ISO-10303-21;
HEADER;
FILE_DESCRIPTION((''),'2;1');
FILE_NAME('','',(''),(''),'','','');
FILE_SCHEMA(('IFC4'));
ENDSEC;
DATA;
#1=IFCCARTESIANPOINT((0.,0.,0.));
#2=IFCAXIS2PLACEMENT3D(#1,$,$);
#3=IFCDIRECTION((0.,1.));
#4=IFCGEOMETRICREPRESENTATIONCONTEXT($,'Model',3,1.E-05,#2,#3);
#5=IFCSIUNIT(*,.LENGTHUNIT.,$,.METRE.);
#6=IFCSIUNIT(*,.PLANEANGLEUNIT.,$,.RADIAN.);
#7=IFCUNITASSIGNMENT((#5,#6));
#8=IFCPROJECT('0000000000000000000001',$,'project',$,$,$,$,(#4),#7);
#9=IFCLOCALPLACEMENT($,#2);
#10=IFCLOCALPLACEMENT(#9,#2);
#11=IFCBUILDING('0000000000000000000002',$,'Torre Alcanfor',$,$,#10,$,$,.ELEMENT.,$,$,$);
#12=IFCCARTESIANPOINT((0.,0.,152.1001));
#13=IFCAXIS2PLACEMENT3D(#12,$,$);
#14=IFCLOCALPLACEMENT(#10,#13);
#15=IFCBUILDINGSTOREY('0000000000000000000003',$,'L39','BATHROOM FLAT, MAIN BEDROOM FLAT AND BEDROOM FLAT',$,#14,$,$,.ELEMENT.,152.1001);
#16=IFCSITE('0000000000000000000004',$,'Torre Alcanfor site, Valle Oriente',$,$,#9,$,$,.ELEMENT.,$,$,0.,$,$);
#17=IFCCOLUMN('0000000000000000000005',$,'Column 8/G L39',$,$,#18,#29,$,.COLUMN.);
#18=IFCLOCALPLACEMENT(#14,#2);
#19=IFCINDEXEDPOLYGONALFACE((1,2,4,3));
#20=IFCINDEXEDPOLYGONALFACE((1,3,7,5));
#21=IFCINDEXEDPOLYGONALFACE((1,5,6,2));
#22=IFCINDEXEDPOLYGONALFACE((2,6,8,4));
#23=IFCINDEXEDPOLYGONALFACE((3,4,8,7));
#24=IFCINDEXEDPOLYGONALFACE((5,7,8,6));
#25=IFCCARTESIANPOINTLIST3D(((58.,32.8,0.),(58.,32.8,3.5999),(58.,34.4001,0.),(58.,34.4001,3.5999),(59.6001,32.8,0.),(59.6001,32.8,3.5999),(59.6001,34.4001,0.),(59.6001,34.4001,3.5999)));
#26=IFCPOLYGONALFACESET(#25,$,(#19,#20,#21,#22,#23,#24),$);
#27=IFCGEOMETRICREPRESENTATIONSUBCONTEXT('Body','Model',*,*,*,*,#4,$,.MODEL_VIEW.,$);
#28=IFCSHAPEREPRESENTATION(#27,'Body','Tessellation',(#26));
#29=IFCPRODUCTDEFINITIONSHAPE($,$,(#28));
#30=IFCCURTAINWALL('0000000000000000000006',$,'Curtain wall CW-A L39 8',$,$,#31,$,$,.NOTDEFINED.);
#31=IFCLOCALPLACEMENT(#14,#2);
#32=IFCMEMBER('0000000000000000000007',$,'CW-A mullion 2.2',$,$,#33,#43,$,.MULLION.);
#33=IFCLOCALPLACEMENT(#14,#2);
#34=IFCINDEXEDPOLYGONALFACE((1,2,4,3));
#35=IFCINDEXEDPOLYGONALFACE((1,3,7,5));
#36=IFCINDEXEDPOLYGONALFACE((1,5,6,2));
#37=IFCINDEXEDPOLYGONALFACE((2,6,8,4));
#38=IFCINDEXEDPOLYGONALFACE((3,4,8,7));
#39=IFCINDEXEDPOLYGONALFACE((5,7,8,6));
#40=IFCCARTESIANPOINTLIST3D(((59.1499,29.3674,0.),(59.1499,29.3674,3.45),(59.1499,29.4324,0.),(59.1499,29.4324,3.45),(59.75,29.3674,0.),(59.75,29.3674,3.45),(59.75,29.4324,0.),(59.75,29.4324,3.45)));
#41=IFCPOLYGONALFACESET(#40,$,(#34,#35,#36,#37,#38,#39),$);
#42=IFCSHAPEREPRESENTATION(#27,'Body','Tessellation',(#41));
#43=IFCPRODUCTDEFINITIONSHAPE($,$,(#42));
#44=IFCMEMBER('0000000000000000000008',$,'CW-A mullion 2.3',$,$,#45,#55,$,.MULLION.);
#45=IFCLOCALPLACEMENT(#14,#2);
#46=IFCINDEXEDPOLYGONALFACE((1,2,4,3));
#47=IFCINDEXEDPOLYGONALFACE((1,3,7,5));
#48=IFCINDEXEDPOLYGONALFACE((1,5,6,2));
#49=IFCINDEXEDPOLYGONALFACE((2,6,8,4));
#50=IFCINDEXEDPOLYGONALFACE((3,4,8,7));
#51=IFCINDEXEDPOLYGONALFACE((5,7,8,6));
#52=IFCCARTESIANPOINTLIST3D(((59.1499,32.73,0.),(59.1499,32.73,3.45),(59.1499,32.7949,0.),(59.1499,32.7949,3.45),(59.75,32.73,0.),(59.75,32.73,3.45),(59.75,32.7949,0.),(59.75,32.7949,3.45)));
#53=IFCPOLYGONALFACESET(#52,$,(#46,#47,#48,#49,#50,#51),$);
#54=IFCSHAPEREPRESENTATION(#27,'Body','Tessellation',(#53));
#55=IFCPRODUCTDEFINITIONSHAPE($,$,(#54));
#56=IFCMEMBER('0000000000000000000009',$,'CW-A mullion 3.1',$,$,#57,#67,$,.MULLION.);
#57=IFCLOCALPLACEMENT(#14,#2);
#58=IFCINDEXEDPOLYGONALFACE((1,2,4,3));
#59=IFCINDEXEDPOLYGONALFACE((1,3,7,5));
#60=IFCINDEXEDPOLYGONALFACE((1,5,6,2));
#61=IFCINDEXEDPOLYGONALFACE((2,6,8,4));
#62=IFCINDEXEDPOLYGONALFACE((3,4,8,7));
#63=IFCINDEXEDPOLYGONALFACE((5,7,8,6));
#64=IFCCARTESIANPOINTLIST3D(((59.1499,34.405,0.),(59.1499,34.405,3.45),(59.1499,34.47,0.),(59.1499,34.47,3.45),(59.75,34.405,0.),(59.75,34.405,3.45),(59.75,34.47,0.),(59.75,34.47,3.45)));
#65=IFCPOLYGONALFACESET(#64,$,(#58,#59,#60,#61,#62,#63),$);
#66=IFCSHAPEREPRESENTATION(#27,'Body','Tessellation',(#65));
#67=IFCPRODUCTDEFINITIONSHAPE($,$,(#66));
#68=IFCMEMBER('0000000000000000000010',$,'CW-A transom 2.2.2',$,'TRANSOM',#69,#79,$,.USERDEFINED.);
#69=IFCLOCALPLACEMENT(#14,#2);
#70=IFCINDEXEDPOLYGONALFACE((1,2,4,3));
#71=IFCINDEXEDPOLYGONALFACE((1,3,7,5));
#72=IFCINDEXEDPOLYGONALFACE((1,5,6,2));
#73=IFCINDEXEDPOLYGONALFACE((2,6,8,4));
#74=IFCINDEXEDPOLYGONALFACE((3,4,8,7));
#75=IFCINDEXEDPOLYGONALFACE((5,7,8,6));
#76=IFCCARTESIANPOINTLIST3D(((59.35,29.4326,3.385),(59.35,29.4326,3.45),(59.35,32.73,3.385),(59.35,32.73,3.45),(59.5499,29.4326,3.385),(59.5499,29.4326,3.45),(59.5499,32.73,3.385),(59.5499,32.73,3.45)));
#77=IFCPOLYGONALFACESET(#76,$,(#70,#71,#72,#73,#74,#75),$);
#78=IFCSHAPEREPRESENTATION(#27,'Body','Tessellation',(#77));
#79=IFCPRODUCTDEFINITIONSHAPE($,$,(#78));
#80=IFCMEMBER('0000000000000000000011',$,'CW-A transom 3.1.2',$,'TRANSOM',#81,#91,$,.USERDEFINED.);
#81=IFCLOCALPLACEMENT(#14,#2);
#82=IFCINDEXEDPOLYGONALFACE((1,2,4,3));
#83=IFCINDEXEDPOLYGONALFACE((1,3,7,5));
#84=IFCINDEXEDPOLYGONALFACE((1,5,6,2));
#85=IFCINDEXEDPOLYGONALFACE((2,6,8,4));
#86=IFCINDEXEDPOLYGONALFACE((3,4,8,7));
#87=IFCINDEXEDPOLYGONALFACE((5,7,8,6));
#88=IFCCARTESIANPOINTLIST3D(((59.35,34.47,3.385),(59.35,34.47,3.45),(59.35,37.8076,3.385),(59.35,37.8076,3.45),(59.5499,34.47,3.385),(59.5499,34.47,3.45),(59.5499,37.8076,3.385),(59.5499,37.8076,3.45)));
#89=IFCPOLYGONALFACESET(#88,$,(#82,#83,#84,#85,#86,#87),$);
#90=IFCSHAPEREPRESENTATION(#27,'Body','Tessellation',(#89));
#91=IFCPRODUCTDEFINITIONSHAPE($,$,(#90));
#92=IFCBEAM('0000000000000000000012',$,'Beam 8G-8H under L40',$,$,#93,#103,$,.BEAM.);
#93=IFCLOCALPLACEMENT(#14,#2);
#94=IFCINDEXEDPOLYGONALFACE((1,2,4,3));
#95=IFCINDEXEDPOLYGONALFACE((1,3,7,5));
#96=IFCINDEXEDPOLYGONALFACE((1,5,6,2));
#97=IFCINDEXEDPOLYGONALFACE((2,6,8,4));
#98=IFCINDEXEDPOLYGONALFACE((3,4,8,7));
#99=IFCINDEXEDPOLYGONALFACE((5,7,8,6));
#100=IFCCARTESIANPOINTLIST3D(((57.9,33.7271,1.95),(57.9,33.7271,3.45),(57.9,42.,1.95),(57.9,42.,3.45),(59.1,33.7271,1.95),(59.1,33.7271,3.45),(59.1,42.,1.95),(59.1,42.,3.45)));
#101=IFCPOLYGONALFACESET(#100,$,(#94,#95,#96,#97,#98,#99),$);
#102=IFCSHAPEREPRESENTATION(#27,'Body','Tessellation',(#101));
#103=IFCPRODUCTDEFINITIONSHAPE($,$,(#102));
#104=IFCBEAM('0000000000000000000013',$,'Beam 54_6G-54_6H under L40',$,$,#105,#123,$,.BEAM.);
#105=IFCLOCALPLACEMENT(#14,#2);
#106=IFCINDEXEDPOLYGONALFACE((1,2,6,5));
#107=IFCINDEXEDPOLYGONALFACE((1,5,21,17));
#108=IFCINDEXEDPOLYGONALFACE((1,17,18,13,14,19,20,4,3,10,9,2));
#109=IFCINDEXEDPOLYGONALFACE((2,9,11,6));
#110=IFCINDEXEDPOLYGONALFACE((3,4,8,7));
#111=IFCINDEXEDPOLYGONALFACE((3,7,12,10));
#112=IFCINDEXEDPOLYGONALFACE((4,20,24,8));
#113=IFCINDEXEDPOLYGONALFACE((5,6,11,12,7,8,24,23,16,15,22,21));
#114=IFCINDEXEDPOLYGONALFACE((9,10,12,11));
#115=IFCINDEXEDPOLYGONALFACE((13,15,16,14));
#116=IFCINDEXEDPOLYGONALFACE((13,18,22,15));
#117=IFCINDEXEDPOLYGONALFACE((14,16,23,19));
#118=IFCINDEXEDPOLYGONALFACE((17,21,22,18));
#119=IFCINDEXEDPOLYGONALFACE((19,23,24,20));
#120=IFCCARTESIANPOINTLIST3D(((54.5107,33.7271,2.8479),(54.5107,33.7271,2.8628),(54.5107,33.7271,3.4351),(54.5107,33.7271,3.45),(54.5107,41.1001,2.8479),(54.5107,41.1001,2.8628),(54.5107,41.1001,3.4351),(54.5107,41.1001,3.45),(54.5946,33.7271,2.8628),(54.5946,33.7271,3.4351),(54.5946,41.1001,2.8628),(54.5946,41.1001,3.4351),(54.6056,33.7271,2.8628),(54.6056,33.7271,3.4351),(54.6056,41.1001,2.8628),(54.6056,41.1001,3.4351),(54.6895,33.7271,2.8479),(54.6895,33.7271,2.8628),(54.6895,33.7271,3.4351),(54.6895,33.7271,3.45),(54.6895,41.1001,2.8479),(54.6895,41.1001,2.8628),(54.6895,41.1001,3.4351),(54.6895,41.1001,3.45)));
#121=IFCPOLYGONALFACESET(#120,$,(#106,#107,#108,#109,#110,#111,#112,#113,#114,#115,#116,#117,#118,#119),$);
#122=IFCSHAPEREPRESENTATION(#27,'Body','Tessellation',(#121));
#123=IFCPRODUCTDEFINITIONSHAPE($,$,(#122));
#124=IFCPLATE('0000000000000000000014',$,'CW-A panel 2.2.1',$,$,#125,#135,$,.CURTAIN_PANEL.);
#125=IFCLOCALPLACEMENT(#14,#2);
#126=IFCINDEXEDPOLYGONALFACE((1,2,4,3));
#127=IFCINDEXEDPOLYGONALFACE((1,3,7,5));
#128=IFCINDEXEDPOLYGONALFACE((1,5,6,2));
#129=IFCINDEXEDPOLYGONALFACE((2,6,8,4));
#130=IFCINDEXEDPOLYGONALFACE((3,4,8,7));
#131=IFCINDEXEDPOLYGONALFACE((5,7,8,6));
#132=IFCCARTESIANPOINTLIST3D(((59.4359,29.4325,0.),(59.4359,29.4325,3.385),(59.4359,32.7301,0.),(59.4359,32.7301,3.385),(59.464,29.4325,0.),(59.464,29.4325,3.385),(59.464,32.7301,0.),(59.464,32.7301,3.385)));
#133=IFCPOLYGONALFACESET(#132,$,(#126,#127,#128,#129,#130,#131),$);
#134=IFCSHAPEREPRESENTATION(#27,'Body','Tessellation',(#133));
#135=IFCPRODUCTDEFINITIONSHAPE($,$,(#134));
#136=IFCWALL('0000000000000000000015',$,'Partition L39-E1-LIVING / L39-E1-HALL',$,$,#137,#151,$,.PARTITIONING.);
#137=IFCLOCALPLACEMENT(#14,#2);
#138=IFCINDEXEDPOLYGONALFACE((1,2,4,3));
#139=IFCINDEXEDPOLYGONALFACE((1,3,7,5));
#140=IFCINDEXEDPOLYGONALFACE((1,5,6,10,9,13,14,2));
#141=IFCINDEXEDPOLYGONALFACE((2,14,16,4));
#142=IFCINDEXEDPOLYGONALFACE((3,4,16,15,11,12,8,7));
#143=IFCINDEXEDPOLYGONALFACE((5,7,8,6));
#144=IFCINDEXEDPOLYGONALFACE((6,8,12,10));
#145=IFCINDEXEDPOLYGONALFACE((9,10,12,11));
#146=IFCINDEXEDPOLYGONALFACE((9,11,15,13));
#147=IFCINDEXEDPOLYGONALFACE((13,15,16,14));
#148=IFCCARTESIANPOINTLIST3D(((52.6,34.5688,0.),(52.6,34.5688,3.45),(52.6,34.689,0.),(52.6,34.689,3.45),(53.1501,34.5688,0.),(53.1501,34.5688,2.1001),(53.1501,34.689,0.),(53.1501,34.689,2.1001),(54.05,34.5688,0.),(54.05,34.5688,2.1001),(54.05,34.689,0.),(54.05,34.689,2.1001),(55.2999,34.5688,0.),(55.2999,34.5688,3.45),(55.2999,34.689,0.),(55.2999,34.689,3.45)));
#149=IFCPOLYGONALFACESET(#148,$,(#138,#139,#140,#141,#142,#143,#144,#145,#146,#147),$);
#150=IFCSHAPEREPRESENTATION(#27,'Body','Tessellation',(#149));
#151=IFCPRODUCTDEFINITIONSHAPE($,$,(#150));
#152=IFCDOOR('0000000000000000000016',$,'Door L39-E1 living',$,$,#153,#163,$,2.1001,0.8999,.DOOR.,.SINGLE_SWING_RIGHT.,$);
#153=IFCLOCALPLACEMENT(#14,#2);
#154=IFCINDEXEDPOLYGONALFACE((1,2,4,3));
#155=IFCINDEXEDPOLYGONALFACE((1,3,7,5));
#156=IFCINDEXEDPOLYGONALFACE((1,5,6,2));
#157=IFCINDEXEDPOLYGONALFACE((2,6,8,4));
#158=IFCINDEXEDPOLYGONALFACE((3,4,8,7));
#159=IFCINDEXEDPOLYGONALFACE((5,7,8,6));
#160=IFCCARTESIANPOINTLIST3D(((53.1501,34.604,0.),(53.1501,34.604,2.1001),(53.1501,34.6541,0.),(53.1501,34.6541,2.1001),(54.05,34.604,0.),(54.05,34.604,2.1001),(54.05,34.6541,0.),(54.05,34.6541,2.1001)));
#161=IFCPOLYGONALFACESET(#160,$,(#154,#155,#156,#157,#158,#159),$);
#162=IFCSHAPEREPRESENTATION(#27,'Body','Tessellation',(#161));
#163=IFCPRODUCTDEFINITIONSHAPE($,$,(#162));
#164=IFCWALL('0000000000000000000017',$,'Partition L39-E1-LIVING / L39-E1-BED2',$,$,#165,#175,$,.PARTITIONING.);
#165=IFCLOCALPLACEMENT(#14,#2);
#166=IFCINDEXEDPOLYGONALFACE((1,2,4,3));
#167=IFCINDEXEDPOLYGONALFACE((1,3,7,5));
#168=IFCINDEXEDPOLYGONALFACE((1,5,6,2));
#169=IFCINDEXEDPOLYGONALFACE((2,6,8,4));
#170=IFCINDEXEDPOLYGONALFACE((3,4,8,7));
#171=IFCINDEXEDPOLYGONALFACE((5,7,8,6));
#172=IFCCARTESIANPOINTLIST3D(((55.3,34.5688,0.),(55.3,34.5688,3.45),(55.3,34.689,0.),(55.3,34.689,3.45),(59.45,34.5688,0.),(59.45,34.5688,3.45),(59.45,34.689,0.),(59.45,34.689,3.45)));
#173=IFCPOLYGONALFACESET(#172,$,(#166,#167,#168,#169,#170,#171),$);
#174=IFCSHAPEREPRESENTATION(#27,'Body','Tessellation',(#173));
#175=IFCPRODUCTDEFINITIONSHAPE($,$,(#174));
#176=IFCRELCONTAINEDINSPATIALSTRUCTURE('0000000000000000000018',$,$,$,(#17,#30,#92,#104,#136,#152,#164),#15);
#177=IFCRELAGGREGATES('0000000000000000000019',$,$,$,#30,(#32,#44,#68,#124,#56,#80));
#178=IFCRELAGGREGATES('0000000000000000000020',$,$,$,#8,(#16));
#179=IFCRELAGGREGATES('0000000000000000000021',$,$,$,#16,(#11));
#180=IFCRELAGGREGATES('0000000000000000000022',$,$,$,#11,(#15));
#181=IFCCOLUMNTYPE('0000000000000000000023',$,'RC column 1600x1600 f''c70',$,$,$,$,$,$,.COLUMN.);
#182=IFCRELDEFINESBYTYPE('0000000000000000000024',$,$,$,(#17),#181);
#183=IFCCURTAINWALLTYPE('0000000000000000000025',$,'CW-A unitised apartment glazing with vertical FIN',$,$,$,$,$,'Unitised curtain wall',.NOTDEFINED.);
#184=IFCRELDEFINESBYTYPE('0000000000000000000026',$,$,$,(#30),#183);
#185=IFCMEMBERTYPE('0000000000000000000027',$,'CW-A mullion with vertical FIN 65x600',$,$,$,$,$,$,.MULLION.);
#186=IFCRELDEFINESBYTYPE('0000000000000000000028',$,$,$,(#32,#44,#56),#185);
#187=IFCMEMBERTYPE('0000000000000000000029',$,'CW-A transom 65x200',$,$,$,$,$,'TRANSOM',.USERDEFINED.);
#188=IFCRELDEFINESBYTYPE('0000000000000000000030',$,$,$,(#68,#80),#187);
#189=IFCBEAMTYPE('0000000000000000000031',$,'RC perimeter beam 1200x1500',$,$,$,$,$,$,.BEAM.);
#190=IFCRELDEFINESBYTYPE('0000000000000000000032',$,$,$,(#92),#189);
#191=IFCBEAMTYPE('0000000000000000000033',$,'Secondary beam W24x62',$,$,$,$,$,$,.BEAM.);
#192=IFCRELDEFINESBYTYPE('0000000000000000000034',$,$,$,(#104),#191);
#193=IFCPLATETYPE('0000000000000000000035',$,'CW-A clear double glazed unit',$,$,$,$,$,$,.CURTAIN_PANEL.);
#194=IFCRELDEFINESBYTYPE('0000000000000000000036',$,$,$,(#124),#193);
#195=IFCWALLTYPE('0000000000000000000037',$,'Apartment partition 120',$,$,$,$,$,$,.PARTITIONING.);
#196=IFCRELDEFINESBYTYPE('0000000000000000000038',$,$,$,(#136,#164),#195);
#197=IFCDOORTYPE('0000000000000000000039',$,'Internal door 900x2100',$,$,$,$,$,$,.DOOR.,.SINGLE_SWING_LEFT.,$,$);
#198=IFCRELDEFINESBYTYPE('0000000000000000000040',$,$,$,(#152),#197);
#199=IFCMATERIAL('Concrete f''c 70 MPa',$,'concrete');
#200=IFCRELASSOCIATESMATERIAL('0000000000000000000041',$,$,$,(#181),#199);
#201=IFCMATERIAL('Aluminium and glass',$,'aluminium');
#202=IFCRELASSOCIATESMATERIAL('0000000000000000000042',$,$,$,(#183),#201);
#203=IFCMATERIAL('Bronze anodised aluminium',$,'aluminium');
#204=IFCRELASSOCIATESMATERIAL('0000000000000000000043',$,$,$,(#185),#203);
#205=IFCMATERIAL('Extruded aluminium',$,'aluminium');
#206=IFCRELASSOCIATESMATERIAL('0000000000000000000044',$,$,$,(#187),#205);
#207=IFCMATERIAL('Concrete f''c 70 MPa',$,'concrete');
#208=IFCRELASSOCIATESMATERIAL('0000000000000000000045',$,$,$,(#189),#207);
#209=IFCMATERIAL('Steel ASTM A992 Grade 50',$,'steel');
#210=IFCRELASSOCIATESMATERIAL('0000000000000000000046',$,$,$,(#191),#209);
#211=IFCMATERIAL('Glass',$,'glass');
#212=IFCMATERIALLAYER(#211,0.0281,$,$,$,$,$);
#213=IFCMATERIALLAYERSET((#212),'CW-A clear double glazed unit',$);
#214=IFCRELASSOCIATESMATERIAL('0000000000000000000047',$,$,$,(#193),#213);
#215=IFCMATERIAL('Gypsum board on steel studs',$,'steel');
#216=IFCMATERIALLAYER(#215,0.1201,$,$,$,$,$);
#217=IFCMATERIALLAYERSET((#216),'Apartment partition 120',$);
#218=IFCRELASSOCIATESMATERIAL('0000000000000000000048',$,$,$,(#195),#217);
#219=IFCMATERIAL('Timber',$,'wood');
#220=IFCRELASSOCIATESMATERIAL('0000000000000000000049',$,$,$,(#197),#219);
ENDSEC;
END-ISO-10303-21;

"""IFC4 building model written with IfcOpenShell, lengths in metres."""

from ifc_helpers import new_model, si_unit, direction, frame, frame_2d, origin, origin_2d, place, context, subcontext, project, spatial, rectangle, i_section, extrude, material, layer, layer_set, material_profile, profile_set, type_object, element, fill, aggregate, save


model = new_model("IFC4")

# Units and contexts
model_context = context("Model", 3, precision=1e-05, world=origin(), true_north=direction((0.0, 1.0)))
body_context = subcontext(model_context, "Body", "Model", "MODEL_VIEW")
ifc_project = project(units=[si_unit("LENGTHUNIT", "METRE"), si_unit("PLANEANGLEUNIT", "RADIAN")], contexts=[model_context])

# Site, building, storey
site_placement = place(None, origin())
site = spatial("IfcSite", under=ifc_project, at=site_placement, Name="Torre Alcanfor site, Valle Oriente", CompositionType="ELEMENT", RefElevation=0.0)
building_placement = place(site_placement, origin())
building = spatial("IfcBuilding", under=site, at=building_placement, Name="Torre Alcanfor", CompositionType="ELEMENT")
storey_placement = place(building_placement, frame((0.0, 0.0, 152.1001)))
storey = spatial("IfcBuildingStorey", under=building, at=storey_placement, Name="L39", Description="BATHROOM FLAT, MAIN BEDROOM FLAT AND BEDROOM FLAT", CompositionType="ELEMENT", Elevation=152.1001)

# Column
ifc_material_1 = material(Name="Concrete f'c 70 MPa", Category="concrete")
ifc_material_profile_1 = material_profile(ifc_material_1, rectangle(XDim=1.6001, YDim=1.6001, at=origin_2d()), Name="1600x1600")
ifc_profile_set_1 = profile_set([ifc_material_profile_1], Name="Concrete f'c 70 MPa")
column_type = type_object("IfcColumnType", Name="RC column 1600x1600 f'c70", PredefinedType="COLUMN", material=ifc_profile_set_1)
column_placement = place(storey_placement, frame((58.8, 33.6001, 0.0), z_axis=(0.0, 0.0, 1.0), x_axis=(1.0, 0.0, 0.0)))
element("IfcColumn", 1, at=column_placement, inside=storey, type_object=column_type, Name="Column 8/G L39", PredefinedType="COLUMN", context=body_context, shape_type="SweptSolid", body=[
    extrude(rectangle(XDim=1.6001, YDim=1.6001, at=origin_2d()), origin(), (0.0, 0.0, 1.0), 3.5999),
])

# Curtain wall, members
ifc_material_2 = material(Name="Aluminium and glass", Category="aluminium")
curtain_wall_type = type_object("IfcCurtainWallType", Name="CW-A unitised apartment glazing with vertical FIN", ElementType="Unitised curtain wall", PredefinedType="NOTDEFINED", material=ifc_material_2)
curtain_wall_placement = place(storey_placement, origin())
curtain_wall = element("IfcCurtainWall", 2, at=curtain_wall_placement, inside=storey, type_object=curtain_wall_type, Name="Curtain wall CW-A L39 8", PredefinedType="NOTDEFINED")
ifc_material_3 = material(Name="Bronze anodised aluminium", Category="aluminium")
ifc_material_profile_2 = material_profile(ifc_material_3, rectangle(XDim=0.6001, YDim=0.0649, at=origin_2d()), Name="CW-A mullion 65x600")
ifc_profile_set_2 = profile_set([ifc_material_profile_2], Name="Bronze anodised aluminium")
member_type_1 = type_object("IfcMemberType", Name="CW-A mullion with vertical FIN 65x600", PredefinedType="MULLION", material=ifc_profile_set_2)
member_1_placement = place(storey_placement, frame((59.45, 29.3999, 0.0), z_axis=(0.0, 0.0, 1.0), x_axis=(-1.0, 0.0, 0.0)))
member_1 = element("IfcMember", 3, at=member_1_placement, type_object=member_type_1, Name="CW-A mullion 2.2", PredefinedType="MULLION", context=body_context, shape_type="SweptSolid", body=[
    extrude(rectangle(XDim=0.6001, YDim=0.0649, at=origin_2d()), origin(), (0.0, 0.0, 1.0), 3.45),
])
member_2_placement = place(storey_placement, frame((59.45, 32.7625, 0.0), z_axis=(0.0, 0.0, 1.0), x_axis=(-1.0, 0.0, 0.0)))
member_2 = element("IfcMember", 4, at=member_2_placement, type_object=member_type_1, Name="CW-A mullion 2.3", PredefinedType="MULLION", context=body_context, shape_type="SweptSolid", body=[
    extrude(rectangle(XDim=0.6001, YDim=0.0649, at=origin_2d()), origin(), (0.0, 0.0, 1.0), 3.45),
])
member_3_placement = place(storey_placement, frame((59.45, 34.4375, 0.0), z_axis=(0.0, 0.0, 1.0), x_axis=(-1.0, 0.0, 0.0)))
member_3 = element("IfcMember", 5, at=member_3_placement, type_object=member_type_1, Name="CW-A mullion 3.1", PredefinedType="MULLION", context=body_context, shape_type="SweptSolid", body=[
    extrude(rectangle(XDim=0.6001, YDim=0.0649, at=origin_2d()), origin(), (0.0, 0.0, 1.0), 3.45),
])
ifc_material_4 = material(Name="Extruded aluminium", Category="aluminium")
ifc_material_profile_3 = material_profile(ifc_material_4, rectangle(XDim=0.2, YDim=0.0649, at=origin_2d()), Name="CW-A transom 200x65")
ifc_profile_set_3 = profile_set([ifc_material_profile_3], Name="Extruded aluminium")
member_type_2 = type_object("IfcMemberType", Name="CW-A transom 65x200", ElementType="TRANSOM", PredefinedType="USERDEFINED", material=ifc_profile_set_3)
member_4_placement = place(storey_placement, frame((59.45, 29.4326, 3.4175), z_axis=(0.0, 1.0, 0.0), x_axis=(-1.0, 0.0, 0.0)))
member_4 = element("IfcMember", 6, at=member_4_placement, type_object=member_type_2, Name="CW-A transom 2.2.2", ObjectType="TRANSOM", PredefinedType="USERDEFINED", context=body_context, shape_type="SweptSolid", body=[
    extrude(rectangle(XDim=0.2, YDim=0.0649, at=origin_2d()), origin(), (0.0, 0.0, 1.0), 3.2974),
])
member_5_placement = place(storey_placement, frame((59.45, 34.47, 3.4175), z_axis=(0.0, 1.0, 0.0), x_axis=(-1.0, 0.0, 0.0)))
member_5 = element("IfcMember", 7, at=member_5_placement, type_object=member_type_2, Name="CW-A transom 3.1.2", ObjectType="TRANSOM", PredefinedType="USERDEFINED", context=body_context, shape_type="SweptSolid", body=[
    extrude(rectangle(XDim=0.2, YDim=0.0649, at=origin_2d()), origin(), (0.0, 0.0, 1.0), 3.3376),
])

# Beams
ifc_material_5 = material(Name="Concrete f'c 70 MPa", Category="concrete")
ifc_material_profile_4 = material_profile(ifc_material_5, rectangle(XDim=1.2, YDim=1.5, at=origin_2d()), Name="1200x1500")
ifc_profile_set_4 = profile_set([ifc_material_profile_4], Name="Concrete f'c 70 MPa")
beam_type_1 = type_object("IfcBeamType", Name="RC perimeter beam 1200x1500", PredefinedType="BEAM", material=ifc_profile_set_4)
beam_1_placement = place(storey_placement, frame((58.5, 33.7271, 2.7), z_axis=(0.0, 1.0, 0.0), x_axis=(-1.0, 0.0, 0.0)))
element("IfcBeam", 8, at=beam_1_placement, inside=storey, type_object=beam_type_1, Name="Beam 8G-8H under L40", PredefinedType="BEAM", context=body_context, shape_type="SweptSolid", body=[
    extrude(rectangle(XDim=1.2, YDim=1.5, at=origin_2d()), origin(), (0.0, 0.0, 1.0), 8.2729),
])
ifc_material_6 = material(Name="Steel ASTM A992 Grade 50", Category="steel")
ifc_material_profile_5 = material_profile(ifc_material_6, i_section(OverallWidth=0.1787, OverallDepth=0.6021, WebThickness=0.011, FlangeThickness=0.0149, at=origin_2d()), Name="W24x62")
ifc_profile_set_5 = profile_set([ifc_material_profile_5], Name="Steel ASTM A992 Grade 50")
beam_type_2 = type_object("IfcBeamType", Name="Secondary beam W24x62", PredefinedType="BEAM", material=ifc_profile_set_5)
beam_2_placement = place(storey_placement, frame((54.6001, 33.7271, 3.1489), z_axis=(0.0, 1.0, 0.0), x_axis=(-1.0, 0.0, 0.0)))
element("IfcBeam", 9, at=beam_2_placement, inside=storey, type_object=beam_type_2, Name="Beam 54_6G-54_6H under L40", PredefinedType="BEAM", context=body_context, shape_type="SweptSolid", body=[
    extrude(i_section(OverallWidth=0.1787, OverallDepth=0.6021, WebThickness=0.011, FlangeThickness=0.0149, at=origin_2d()), origin(), (0.0, 0.0, 1.0), 7.373),
])

# Plate
ifc_material_7 = material(Name="Glass", Category="glass")
ifc_layer_1 = layer(ifc_material_7, 0.0281)
ifc_layer_set_1 = layer_set([ifc_layer_1], Name="CW-A clear double glazed unit")
plate_type = type_object("IfcPlateType", Name="CW-A clear double glazed unit", PredefinedType="CURTAIN_PANEL", material=ifc_layer_set_1)
plate_placement = place(storey_placement, frame((59.45, 31.0813, 0.0), z_axis=(0.0, 0.0, 1.0), x_axis=(0.0, 1.0, 0.0)))
plate = element("IfcPlate", 10, at=plate_placement, type_object=plate_type, Name="CW-A panel 2.2.1", PredefinedType="CURTAIN_PANEL", context=body_context, shape_type="SweptSolid", body=[
    extrude(rectangle(XDim=3.2976, YDim=0.0281, at=origin_2d()), origin(), (0.0, 0.0, 1.0), 3.385),
])
aggregate(curtain_wall, [member_1, member_2, member_4, plate, member_3, member_5])

# Wall, opening, door
ifc_material_8 = material(Name="Gypsum board on steel studs", Category="steel")
ifc_layer_2 = layer(ifc_material_8, 0.1201)
ifc_layer_set_2 = layer_set([ifc_layer_2], Name="Apartment partition 120")
wall_type = type_object("IfcWallType", Name="Apartment partition 120", PredefinedType="PARTITIONING", material=ifc_layer_set_2)
wall_1_placement = place(storey_placement, frame((55.3, 34.6289, 0.0), z_axis=(0.0, 0.0, 1.0), x_axis=(-1.0, 0.0, 0.0)))
wall_1 = element("IfcWall", 11, at=wall_1_placement, inside=storey, type_object=wall_type, Name="Partition L39-E1-LIVING / L39-E1-HALL", PredefinedType="PARTITIONING", context=body_context, shape_type="SweptSolid", body=[
    extrude(rectangle(XDim=2.7, YDim=0.1201, at=frame_2d((1.3501, 0.0))), origin(), (0.0, 0.0, 1.0), 3.45),
])
opening_1_placement = place(wall_1_placement, frame((1.25, 0.0, 0.0)))
opening_1 = element("IfcOpeningElement", 12, at=opening_1_placement, cuts=wall_1, PredefinedType="OPENING", context=body_context, shape_type="SweptSolid", body=[
    extrude(rectangle(XDim=0.8999, YDim=2.1001, at=frame_2d((0.45, 1.05))), frame((0.0, 0.0701, 0.0), z_axis=(0.0, -1.0, 0.0), x_axis=(1.0, 0.0, 0.0)), (0.0, 0.0, 1.0), 0.1401),
])
ifc_material_9 = material(Name="Timber", Category="wood")
door_type = type_object("IfcDoorType", Name="Internal door 900x2100", OperationType="SINGLE_SWING_LEFT", PredefinedType="DOOR", material=ifc_material_9)
door_1_placement = place(opening_1_placement, origin())
door_1 = element("IfcDoor", 13, at=door_1_placement, inside=storey, type_object=door_type, Name="Door L39-E1 living", OperationType="SINGLE_SWING_RIGHT", OverallHeight=2.1001, OverallWidth=0.8999, PredefinedType="DOOR", context=body_context, shape_type="SweptSolid", body=[
    extrude(rectangle(XDim=0.8999, YDim=2.1001, at=frame_2d((0.45, 1.05))), frame((0.0, 0.0249, 0.0), z_axis=(0.0, -1.0, 0.0), x_axis=(1.0, 0.0, 0.0)), (0.0, 0.0, 1.0), 0.05),
])
fill(opening_1, door_1)

# Wall
wall_2_placement = place(storey_placement, frame((59.45, 34.6289, 0.0), z_axis=(0.0, 0.0, 1.0), x_axis=(-1.0, 0.0, 0.0)))
element("IfcWall", 14, at=wall_2_placement, inside=storey, type_object=wall_type, Name="Partition L39-E1-LIVING / L39-E1-BED2", PredefinedType="PARTITIONING", context=body_context, shape_type="SweptSolid", body=[
    extrude(rectangle(XDim=4.1499, YDim=0.1201, at=frame_2d((2.075, 0.0))), origin(), (0.0, 0.0, 1.0), 3.45),
])

save(model, "model.ifc")
